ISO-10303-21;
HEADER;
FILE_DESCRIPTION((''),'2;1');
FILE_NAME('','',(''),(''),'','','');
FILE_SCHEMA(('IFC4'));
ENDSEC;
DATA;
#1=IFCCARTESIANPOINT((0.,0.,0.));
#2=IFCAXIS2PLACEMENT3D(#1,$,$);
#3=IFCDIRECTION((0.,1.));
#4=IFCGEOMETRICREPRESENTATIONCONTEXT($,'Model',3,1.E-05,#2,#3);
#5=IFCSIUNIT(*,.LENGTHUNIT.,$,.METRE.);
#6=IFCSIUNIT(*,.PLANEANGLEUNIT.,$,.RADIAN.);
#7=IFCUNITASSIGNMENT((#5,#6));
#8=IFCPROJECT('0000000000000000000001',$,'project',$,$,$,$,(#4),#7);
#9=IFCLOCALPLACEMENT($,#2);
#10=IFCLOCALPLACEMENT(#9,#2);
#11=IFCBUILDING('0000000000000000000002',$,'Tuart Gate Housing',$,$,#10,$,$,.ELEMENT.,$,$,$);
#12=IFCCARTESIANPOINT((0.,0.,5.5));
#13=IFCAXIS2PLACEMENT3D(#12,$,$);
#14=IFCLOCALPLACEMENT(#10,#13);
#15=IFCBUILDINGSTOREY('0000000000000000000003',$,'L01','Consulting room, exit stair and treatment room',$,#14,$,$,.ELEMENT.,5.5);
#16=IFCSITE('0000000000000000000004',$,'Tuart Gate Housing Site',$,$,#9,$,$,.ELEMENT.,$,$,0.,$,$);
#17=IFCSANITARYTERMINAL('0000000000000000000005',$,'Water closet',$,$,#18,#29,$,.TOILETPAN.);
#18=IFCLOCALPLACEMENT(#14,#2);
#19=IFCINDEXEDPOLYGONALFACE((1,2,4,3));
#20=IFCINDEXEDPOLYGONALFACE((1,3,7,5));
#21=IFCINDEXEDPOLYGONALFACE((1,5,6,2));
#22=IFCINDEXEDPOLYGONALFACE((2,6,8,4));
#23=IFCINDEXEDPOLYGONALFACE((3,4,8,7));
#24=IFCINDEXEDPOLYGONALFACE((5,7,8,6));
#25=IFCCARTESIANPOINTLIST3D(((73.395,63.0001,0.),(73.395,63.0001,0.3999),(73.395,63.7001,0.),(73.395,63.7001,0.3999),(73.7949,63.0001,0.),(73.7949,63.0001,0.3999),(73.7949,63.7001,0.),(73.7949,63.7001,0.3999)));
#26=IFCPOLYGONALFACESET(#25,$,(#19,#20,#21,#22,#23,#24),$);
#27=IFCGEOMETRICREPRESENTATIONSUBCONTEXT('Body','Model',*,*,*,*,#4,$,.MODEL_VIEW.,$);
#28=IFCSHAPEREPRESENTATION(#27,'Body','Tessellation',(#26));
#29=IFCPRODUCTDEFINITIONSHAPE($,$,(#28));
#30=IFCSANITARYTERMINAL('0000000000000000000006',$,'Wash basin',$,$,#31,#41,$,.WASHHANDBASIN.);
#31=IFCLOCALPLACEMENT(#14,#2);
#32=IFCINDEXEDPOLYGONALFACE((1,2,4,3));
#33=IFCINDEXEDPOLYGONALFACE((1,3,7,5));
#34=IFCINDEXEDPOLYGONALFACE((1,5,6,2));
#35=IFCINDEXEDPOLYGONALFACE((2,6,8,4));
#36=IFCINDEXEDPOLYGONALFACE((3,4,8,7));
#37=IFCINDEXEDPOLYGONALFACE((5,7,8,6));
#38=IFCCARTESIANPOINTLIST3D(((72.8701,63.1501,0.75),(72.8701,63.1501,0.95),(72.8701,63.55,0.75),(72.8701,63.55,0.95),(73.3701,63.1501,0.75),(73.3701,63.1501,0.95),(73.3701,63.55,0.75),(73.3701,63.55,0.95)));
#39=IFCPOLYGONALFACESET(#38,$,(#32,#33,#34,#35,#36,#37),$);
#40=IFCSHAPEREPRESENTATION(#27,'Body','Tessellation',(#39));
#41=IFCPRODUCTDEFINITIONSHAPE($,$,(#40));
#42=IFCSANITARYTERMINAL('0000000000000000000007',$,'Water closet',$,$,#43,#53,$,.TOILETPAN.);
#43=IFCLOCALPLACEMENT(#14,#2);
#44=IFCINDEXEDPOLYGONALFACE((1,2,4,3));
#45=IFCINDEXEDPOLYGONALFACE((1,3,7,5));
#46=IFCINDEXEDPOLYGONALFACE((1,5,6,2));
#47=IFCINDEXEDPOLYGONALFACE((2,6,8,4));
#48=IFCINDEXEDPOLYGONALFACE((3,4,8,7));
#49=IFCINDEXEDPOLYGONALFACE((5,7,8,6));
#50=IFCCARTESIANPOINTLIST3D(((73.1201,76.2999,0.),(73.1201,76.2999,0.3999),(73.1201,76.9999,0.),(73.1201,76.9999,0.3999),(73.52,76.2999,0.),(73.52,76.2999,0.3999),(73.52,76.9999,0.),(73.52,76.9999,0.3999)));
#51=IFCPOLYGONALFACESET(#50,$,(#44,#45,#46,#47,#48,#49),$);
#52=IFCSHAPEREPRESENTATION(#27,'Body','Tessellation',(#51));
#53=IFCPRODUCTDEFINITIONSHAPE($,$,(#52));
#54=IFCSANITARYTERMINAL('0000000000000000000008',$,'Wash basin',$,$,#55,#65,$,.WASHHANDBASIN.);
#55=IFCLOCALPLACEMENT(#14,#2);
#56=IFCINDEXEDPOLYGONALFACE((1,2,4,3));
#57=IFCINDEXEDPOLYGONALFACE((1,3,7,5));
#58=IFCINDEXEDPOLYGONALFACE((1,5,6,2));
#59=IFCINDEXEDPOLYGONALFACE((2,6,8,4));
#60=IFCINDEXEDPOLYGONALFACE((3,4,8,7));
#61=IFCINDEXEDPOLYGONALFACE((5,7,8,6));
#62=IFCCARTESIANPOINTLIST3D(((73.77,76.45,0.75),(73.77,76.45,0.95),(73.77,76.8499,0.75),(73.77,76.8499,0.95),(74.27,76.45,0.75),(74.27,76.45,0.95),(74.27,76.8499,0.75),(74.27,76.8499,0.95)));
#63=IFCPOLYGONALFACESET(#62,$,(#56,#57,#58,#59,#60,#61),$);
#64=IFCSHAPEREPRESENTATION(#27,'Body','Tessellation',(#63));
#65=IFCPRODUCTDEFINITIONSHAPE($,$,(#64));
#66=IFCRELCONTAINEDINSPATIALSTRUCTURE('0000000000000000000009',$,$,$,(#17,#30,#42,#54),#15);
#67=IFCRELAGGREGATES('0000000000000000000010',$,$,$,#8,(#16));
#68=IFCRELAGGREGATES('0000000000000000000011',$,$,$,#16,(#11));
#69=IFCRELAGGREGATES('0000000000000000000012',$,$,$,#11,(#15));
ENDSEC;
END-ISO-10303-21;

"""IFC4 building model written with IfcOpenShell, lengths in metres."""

from ifc_helpers import new_model, si_unit, direction, frame, origin, origin_2d, place, context, subcontext, project, spatial, rectangle, extrude, element, save


model = new_model("IFC4")

# Units and contexts
model_context = context("Model", 3, precision=1e-05, world=origin(), true_north=direction((0.0, 1.0)))
body_context = subcontext(model_context, "Body", "Model", "MODEL_VIEW")
ifc_project = project(units=[si_unit("LENGTHUNIT", "METRE"), si_unit("PLANEANGLEUNIT", "RADIAN")], contexts=[model_context])

# Site, building, storey
site_placement = place(None, origin())
site = spatial("IfcSite", under=ifc_project, at=site_placement, Name="Tuart Gate Housing Site", CompositionType="ELEMENT", RefElevation=0.0)
building_placement = place(site_placement, origin())
building = spatial("IfcBuilding", under=site, at=building_placement, Name="Tuart Gate Housing", CompositionType="ELEMENT")
storey_placement = place(building_placement, frame((0.0, 0.0, 5.5)))
storey = spatial("IfcBuildingStorey", under=building, at=storey_placement, Name="L01", Description="Consulting room, exit stair and treatment room", CompositionType="ELEMENT", Elevation=5.5)

# Sanitary terminals
sanitary_terminal_1_placement = place(storey_placement, frame((73.595, 63.3501, 0.0), z_axis=(0.0, 0.0, 1.0), x_axis=(1.0, 0.0, 0.0)))
element("IfcSanitaryTerminal", 1, at=sanitary_terminal_1_placement, inside=storey, Name="Water closet", PredefinedType="TOILETPAN", context=body_context, shape_type="SweptSolid", body=[
    extrude(rectangle(XDim=0.3999, YDim=0.7, at=origin_2d()), origin(), (0.0, 0.0, 1.0), 0.3999),
])
sanitary_terminal_2_placement = place(storey_placement, frame((73.1201, 63.3501, 0.75), z_axis=(0.0, 0.0, 1.0), x_axis=(1.0, 0.0, 0.0)))
element("IfcSanitaryTerminal", 2, at=sanitary_terminal_2_placement, inside=storey, Name="Wash basin", PredefinedType="WASHHANDBASIN", context=body_context, shape_type="SweptSolid", body=[
    extrude(rectangle(XDim=0.5, YDim=0.3999, at=origin_2d()), origin(), (0.0, 0.0, 1.0), 0.2),
])
sanitary_terminal_3_placement = place(storey_placement, frame((73.3201, 76.6499, 0.0), z_axis=(0.0, 0.0, 1.0), x_axis=(1.0, 0.0, 0.0)))
element("IfcSanitaryTerminal", 3, at=sanitary_terminal_3_placement, inside=storey, Name="Water closet", PredefinedType="TOILETPAN", context=body_context, shape_type="SweptSolid", body=[
    extrude(rectangle(XDim=0.3999, YDim=0.7, at=origin_2d()), origin(), (0.0, 0.0, 1.0), 0.3999),
])
sanitary_terminal_4_placement = place(storey_placement, frame((74.02, 76.6499, 0.75), z_axis=(0.0, 0.0, 1.0), x_axis=(1.0, 0.0, 0.0)))
element("IfcSanitaryTerminal", 4, at=sanitary_terminal_4_placement, inside=storey, Name="Wash basin", PredefinedType="WASHHANDBASIN", context=body_context, shape_type="SweptSolid", body=[
    extrude(rectangle(XDim=0.5, YDim=0.3999, at=origin_2d()), origin(), (0.0, 0.0, 1.0), 0.2),
])

save(model, "model.ifc")
